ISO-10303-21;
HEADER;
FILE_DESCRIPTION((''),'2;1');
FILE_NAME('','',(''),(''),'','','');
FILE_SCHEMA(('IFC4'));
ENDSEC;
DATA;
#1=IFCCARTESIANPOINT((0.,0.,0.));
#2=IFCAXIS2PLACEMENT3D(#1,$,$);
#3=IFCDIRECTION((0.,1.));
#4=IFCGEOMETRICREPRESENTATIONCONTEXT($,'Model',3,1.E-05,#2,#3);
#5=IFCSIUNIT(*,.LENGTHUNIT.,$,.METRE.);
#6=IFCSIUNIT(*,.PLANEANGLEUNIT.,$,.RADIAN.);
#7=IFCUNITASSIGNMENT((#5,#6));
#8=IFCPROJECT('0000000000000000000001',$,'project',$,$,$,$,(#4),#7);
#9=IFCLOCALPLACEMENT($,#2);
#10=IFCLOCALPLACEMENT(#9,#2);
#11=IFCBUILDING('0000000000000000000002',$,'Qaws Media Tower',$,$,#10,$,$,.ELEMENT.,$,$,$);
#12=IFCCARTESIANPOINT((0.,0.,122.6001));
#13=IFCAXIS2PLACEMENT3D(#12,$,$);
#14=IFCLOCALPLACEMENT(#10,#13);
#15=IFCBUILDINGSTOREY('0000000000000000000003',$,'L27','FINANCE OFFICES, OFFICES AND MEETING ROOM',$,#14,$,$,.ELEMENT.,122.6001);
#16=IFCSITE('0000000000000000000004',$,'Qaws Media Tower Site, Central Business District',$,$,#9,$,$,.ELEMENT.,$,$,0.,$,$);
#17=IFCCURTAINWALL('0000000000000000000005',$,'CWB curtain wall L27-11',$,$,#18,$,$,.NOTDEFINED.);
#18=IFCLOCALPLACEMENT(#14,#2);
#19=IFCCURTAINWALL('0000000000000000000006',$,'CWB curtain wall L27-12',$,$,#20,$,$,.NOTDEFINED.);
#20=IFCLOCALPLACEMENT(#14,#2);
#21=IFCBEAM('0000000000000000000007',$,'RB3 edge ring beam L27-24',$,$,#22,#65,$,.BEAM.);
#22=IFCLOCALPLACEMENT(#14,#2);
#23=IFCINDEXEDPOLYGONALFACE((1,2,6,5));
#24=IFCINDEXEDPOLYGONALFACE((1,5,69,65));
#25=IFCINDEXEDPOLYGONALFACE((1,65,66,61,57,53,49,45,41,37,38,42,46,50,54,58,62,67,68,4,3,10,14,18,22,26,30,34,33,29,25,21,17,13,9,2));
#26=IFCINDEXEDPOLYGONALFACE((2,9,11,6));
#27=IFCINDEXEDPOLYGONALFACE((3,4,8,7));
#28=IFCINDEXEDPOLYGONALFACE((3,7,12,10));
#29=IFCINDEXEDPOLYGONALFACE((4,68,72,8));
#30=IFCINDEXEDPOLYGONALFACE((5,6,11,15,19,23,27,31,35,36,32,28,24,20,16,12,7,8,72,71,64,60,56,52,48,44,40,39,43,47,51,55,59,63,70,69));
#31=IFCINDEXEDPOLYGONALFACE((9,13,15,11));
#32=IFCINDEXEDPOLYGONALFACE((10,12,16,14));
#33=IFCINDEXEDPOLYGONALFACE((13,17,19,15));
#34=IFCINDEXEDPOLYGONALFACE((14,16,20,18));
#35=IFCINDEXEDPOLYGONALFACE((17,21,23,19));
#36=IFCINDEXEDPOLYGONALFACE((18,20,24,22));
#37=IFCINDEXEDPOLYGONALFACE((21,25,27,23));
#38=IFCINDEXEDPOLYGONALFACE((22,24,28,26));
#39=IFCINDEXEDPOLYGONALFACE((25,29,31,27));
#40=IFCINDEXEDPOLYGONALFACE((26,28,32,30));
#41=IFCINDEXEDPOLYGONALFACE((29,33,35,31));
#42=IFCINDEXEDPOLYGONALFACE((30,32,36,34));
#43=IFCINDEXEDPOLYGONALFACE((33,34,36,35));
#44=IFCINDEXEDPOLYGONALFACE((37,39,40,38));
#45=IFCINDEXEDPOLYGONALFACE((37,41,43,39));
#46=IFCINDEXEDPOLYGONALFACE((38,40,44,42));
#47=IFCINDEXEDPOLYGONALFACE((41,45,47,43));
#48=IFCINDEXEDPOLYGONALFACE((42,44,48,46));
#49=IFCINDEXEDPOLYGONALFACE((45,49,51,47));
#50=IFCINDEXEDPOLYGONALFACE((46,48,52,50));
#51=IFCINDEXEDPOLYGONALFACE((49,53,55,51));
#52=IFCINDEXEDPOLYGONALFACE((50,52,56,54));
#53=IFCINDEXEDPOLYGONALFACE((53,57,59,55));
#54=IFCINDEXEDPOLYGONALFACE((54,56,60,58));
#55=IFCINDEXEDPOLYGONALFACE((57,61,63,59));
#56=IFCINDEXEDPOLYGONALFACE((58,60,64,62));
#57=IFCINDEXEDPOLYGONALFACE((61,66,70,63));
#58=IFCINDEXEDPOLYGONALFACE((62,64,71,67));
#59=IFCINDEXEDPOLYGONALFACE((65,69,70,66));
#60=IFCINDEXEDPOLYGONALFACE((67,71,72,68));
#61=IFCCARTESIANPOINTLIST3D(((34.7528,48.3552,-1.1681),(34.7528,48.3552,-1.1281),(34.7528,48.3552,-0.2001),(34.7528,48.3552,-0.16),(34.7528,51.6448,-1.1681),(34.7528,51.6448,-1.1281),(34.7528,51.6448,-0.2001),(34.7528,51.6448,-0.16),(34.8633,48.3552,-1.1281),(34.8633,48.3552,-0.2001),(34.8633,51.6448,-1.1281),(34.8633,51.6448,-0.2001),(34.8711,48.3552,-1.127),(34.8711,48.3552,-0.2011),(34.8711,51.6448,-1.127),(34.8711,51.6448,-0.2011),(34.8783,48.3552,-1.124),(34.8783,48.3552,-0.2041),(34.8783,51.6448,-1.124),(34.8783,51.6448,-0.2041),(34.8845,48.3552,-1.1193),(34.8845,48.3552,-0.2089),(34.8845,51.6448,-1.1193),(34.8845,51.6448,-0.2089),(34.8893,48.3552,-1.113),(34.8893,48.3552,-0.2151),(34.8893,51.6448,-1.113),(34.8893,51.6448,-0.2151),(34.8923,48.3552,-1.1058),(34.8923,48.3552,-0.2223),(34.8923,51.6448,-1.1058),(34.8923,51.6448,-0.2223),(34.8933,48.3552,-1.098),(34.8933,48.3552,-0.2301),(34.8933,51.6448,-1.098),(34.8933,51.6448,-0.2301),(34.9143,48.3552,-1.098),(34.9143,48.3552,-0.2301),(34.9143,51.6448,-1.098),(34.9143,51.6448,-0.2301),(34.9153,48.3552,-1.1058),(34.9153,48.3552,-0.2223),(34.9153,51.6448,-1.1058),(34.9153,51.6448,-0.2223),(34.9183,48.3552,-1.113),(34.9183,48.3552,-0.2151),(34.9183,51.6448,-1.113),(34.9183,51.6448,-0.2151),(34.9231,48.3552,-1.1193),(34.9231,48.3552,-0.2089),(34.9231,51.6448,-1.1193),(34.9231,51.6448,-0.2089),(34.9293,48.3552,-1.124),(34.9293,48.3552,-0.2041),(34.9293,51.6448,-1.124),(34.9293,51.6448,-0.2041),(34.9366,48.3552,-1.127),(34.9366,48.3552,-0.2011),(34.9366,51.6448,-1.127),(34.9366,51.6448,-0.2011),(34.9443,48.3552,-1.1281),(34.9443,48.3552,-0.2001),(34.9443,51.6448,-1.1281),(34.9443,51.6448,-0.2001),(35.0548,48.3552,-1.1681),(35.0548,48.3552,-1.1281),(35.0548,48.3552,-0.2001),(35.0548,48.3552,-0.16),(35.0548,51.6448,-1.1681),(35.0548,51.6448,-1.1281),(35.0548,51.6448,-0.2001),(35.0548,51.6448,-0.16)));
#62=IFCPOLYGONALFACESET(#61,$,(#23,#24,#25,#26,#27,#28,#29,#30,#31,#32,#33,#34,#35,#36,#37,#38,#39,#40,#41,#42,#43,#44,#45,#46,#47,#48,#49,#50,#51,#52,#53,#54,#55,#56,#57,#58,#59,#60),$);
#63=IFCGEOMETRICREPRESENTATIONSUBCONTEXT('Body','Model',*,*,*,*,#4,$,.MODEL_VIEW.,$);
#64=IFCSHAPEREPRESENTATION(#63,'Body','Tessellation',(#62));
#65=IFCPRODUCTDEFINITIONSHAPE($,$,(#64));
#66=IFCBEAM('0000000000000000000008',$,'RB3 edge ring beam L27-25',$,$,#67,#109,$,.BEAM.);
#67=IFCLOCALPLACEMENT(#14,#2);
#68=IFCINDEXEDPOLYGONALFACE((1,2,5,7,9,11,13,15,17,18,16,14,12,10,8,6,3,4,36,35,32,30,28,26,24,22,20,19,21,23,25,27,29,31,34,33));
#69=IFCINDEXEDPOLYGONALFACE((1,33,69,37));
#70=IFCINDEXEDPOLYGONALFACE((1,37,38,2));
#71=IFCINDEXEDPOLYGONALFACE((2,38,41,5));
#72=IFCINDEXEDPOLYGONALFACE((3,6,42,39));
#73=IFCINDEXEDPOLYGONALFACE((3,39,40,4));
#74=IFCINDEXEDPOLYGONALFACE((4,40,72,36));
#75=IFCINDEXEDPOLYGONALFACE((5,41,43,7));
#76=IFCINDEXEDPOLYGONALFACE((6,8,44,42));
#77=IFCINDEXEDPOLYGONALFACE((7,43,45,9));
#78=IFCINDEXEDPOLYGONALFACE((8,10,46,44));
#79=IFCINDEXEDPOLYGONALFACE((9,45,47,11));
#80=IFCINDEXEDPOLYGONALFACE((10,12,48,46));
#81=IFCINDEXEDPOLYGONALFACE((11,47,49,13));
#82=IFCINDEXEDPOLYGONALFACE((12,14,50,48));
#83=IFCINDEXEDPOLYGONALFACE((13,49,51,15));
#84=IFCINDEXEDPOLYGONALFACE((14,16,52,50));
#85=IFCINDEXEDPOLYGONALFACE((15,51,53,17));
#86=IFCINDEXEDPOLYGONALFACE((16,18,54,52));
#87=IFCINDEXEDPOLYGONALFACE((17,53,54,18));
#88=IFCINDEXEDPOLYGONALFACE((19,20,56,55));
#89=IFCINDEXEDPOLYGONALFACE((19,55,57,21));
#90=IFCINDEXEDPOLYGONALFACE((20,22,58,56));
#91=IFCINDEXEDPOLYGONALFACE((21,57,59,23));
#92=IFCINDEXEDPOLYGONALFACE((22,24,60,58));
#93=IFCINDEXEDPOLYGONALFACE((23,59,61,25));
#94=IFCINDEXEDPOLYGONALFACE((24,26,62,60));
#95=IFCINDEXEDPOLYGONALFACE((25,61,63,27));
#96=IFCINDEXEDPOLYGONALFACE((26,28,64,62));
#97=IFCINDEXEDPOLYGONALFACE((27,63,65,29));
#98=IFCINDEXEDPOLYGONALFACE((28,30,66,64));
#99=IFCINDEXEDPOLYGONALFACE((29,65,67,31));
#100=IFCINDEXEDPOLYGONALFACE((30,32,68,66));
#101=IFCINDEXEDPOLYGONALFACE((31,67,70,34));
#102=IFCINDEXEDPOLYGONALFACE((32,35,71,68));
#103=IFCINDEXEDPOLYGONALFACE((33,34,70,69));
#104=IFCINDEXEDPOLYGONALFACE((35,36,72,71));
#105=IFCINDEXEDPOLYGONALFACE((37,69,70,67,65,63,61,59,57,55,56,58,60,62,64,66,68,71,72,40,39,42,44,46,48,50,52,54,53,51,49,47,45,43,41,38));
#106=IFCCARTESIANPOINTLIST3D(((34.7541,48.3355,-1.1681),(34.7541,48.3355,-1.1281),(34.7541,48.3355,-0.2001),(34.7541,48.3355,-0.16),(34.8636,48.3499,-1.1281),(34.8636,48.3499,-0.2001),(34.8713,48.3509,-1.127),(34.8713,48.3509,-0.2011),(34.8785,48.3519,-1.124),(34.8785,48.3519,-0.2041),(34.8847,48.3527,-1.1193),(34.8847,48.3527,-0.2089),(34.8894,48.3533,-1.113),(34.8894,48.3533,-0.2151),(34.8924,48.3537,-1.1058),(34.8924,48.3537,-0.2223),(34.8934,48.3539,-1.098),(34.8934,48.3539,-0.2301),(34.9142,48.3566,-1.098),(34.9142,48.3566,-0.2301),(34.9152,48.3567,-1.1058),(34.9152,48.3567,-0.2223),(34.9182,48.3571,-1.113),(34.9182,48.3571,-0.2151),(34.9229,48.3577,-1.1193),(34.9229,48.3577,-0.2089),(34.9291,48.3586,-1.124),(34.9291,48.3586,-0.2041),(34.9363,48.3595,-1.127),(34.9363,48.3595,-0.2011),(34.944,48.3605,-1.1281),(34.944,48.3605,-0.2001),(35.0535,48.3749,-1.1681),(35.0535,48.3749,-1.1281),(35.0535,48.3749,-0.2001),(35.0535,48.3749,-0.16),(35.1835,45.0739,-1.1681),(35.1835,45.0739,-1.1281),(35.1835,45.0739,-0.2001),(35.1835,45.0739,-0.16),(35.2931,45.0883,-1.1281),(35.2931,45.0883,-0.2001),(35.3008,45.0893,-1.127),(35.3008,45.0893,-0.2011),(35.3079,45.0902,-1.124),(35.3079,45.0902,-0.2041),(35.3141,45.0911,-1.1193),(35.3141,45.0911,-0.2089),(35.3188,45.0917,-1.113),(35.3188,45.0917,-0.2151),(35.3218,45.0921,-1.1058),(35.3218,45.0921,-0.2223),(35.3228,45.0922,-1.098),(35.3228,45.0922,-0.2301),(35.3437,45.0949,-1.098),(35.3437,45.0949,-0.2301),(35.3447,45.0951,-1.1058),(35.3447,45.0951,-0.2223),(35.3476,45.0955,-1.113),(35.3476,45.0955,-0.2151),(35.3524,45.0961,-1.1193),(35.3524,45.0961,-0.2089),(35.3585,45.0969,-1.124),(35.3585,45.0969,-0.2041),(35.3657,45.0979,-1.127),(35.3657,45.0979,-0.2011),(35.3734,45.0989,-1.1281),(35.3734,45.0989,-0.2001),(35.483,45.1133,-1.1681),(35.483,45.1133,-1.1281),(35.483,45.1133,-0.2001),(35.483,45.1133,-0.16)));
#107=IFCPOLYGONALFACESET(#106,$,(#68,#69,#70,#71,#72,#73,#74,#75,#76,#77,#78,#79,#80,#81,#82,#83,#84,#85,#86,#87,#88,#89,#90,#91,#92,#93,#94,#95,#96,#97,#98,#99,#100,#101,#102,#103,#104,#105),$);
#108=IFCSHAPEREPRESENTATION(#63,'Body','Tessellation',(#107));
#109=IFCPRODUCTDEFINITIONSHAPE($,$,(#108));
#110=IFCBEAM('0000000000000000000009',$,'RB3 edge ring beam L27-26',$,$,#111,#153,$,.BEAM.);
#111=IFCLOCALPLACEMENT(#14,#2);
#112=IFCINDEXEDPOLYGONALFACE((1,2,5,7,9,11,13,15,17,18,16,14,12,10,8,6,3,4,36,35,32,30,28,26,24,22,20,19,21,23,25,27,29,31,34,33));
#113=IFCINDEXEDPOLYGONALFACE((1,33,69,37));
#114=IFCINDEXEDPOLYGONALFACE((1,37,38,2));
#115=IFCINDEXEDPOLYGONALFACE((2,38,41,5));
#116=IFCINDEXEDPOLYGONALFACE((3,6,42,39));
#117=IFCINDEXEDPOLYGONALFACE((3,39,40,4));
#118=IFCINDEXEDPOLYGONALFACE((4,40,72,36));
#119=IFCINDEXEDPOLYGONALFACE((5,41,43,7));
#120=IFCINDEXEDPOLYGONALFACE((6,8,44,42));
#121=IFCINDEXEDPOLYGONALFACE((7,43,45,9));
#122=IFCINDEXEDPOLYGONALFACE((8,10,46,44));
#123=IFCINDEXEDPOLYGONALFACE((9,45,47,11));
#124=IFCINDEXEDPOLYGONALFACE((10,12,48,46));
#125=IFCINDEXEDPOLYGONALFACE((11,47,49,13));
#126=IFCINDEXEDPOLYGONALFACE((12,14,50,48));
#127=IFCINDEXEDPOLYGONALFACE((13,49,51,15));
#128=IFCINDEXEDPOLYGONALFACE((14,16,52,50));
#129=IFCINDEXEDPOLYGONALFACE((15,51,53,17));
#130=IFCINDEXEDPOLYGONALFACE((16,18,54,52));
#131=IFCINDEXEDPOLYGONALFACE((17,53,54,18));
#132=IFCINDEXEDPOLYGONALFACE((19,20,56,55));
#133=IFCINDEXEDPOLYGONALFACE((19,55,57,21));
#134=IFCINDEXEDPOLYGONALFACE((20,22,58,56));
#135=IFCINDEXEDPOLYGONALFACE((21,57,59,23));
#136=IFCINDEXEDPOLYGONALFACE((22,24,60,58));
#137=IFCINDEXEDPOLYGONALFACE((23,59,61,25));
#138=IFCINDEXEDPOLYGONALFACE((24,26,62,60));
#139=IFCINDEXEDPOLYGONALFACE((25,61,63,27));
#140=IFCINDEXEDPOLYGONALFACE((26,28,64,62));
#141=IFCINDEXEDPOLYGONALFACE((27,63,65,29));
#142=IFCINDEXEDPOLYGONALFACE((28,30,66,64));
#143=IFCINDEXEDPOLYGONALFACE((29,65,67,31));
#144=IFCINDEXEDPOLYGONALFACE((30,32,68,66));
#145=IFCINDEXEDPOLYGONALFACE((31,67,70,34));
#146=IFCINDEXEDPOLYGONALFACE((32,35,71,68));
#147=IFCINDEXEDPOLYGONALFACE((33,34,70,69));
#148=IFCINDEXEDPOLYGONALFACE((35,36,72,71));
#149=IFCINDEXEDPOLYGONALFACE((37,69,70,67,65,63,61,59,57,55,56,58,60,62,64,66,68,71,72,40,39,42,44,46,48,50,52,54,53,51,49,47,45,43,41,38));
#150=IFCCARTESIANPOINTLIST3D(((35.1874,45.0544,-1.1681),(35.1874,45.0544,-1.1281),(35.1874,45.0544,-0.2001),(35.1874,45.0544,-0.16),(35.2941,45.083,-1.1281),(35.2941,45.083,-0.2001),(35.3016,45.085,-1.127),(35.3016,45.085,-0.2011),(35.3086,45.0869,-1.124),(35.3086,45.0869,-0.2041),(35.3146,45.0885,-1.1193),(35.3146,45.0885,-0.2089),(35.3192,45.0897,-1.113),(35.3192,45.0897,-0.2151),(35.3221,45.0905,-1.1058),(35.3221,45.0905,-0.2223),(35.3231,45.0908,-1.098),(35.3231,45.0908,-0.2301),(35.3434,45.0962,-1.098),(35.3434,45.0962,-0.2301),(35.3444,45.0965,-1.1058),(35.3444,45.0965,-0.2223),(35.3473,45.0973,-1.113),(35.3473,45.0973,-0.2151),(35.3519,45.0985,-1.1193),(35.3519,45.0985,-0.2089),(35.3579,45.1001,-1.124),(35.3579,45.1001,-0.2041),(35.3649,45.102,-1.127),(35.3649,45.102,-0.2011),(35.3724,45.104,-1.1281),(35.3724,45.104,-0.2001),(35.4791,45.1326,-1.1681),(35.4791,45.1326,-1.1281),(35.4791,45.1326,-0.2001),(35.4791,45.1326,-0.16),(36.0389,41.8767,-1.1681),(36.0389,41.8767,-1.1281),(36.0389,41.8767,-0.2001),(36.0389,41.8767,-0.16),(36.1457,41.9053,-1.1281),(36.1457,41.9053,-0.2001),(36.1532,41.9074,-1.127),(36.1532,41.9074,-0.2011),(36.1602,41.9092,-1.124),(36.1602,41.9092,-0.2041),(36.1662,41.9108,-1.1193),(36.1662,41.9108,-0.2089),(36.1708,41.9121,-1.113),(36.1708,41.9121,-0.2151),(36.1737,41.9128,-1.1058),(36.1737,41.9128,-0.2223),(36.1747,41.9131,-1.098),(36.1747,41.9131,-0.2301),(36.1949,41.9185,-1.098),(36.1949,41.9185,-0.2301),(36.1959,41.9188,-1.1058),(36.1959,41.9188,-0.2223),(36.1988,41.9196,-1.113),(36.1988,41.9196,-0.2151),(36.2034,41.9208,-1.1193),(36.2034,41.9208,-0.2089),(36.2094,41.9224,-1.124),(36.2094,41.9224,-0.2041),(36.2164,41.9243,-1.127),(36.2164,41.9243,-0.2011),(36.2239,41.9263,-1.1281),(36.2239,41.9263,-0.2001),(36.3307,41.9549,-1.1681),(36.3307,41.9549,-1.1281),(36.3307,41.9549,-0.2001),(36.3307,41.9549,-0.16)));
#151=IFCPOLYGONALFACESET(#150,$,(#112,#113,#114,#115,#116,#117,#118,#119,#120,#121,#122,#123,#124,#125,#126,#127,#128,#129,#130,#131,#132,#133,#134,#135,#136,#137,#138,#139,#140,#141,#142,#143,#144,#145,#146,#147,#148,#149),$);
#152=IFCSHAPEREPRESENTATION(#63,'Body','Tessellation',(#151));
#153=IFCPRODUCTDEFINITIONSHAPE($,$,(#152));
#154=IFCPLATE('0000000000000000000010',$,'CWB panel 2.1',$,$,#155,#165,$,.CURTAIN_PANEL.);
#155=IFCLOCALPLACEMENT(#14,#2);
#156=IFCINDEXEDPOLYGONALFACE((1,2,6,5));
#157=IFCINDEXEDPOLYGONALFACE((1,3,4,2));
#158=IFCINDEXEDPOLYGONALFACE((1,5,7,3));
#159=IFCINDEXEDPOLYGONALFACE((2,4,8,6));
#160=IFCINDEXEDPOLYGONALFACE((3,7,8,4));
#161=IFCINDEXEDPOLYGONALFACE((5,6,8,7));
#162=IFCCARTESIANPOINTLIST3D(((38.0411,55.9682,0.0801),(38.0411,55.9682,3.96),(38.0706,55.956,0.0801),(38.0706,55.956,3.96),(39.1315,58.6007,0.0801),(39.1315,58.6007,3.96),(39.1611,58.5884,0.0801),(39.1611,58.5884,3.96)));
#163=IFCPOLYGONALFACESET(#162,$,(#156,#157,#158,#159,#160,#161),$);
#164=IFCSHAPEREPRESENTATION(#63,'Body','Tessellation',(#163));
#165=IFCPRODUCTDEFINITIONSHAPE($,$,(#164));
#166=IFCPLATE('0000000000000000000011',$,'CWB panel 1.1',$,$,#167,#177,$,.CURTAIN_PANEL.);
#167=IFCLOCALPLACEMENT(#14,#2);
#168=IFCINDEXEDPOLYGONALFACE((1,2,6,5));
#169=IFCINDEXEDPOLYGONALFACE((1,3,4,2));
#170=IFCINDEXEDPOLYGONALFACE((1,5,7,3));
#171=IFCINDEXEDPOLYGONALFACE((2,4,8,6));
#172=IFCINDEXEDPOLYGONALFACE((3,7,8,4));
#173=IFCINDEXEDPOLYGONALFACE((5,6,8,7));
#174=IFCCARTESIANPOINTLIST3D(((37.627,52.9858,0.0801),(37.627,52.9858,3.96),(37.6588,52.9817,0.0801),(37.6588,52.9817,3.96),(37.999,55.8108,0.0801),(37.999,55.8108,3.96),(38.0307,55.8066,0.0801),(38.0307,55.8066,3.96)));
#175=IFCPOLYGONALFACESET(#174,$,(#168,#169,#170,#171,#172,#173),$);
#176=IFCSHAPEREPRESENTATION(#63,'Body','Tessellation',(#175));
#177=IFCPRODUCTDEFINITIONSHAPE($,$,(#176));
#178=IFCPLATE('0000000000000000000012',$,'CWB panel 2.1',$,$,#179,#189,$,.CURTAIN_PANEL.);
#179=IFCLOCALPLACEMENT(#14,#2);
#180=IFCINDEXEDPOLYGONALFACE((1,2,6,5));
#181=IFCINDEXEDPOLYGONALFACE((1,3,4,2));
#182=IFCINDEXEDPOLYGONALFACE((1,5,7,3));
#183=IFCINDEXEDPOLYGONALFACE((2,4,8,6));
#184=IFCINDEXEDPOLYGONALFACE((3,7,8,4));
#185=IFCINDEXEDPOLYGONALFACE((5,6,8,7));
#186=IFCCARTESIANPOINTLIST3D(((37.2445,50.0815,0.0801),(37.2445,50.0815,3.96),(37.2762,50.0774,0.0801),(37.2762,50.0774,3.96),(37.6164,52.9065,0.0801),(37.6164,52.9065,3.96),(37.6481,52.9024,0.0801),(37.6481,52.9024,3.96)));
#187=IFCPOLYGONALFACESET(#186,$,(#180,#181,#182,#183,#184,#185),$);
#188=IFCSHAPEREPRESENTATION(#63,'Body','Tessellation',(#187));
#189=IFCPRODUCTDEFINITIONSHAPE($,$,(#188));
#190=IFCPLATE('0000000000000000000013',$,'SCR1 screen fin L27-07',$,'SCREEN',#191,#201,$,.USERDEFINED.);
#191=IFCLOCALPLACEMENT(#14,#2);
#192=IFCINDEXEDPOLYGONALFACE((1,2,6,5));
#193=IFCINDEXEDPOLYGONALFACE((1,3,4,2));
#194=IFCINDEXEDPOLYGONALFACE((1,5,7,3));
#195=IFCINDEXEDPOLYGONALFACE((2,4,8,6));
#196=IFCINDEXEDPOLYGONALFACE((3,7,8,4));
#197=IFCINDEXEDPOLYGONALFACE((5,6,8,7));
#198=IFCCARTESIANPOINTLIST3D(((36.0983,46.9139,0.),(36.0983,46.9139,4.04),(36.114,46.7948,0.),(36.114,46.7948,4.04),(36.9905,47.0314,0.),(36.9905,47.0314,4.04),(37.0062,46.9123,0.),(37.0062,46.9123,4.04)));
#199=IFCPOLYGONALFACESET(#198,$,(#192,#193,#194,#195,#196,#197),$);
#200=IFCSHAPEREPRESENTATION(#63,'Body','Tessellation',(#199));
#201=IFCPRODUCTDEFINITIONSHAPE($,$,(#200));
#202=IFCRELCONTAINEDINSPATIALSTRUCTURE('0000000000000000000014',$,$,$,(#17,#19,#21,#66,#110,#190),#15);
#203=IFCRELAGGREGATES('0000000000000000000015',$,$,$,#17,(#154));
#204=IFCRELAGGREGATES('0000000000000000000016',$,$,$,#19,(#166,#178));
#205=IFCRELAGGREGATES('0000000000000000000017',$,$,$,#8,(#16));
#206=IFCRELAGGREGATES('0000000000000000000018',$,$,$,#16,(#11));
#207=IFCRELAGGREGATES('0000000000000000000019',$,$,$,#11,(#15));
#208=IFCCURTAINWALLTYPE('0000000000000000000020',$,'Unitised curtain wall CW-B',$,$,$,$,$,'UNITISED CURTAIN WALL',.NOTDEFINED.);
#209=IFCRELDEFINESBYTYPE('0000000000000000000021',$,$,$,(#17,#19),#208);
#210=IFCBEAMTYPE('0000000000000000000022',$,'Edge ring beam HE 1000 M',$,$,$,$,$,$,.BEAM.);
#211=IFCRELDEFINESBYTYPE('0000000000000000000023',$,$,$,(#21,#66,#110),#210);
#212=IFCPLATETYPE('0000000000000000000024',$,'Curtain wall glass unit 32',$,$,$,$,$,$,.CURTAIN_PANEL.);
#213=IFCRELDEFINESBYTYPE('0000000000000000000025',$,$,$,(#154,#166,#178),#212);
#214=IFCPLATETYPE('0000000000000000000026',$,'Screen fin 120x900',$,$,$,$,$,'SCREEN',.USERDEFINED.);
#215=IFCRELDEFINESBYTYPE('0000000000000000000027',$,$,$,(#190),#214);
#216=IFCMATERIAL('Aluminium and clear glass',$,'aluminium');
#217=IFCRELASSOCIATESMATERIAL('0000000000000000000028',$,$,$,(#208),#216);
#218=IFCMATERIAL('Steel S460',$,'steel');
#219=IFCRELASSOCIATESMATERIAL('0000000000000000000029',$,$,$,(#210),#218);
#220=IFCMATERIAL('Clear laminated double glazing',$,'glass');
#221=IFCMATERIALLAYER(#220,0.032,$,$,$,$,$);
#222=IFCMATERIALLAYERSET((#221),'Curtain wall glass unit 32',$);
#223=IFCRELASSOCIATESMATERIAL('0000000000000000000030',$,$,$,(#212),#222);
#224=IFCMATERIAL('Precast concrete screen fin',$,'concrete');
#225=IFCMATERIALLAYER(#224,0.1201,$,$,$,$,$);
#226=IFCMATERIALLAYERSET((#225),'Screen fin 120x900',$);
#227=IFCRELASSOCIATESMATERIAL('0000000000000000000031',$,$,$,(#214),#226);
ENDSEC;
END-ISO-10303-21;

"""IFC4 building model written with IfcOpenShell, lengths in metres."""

from ifc_helpers import new_model, si_unit, direction, frame, origin, origin_2d, place, context, subcontext, project, spatial, rectangle, i_section, extrude, material, layer, layer_set, material_profile, profile_set, type_object, element, aggregate, save


model = new_model("IFC4")

# Units and contexts
model_context = context("Model", 3, precision=1e-05, world=origin(), true_north=direction((0.0, 1.0)))
body_context = subcontext(model_context, "Body", "Model", "MODEL_VIEW")
ifc_project = project(units=[si_unit("LENGTHUNIT", "METRE"), si_unit("PLANEANGLEUNIT", "RADIAN")], contexts=[model_context])

# Site, building, storey
site_placement = place(None, origin())
site = spatial("IfcSite", under=ifc_project, at=site_placement, Name="Qaws Media Tower Site, Central Business District", CompositionType="ELEMENT", RefElevation=0.0)
building_placement = place(site_placement, origin())
building = spatial("IfcBuilding", under=site, at=building_placement, Name="Qaws Media Tower", CompositionType="ELEMENT")
storey_placement = place(building_placement, frame((0.0, 0.0, 122.6001)))
storey = spatial("IfcBuildingStorey", under=building, at=storey_placement, Name="L27", Description="FINANCE OFFICES, OFFICES AND MEETING ROOM", CompositionType="ELEMENT", Elevation=122.6001)

# Curtain walls
ifc_material_1 = material(Name="Aluminium and clear glass", Category="aluminium")
curtain_wall_type = type_object("IfcCurtainWallType", Name="Unitised curtain wall CW-B", ElementType="UNITISED CURTAIN WALL", PredefinedType="NOTDEFINED", material=ifc_material_1)
curtain_wall_1_placement = place(storey_placement, origin())
curtain_wall_1 = element("IfcCurtainWall", 1, at=curtain_wall_1_placement, inside=storey, type_object=curtain_wall_type, Name="CWB curtain wall L27-11", PredefinedType="NOTDEFINED")
curtain_wall_2_placement = place(storey_placement, origin())
curtain_wall_2 = element("IfcCurtainWall", 2, at=curtain_wall_2_placement, inside=storey, type_object=curtain_wall_type, Name="CWB curtain wall L27-12", PredefinedType="NOTDEFINED")

# Beams
ifc_material_2 = material(Name="Steel S460", Category="steel")
ifc_material_profile_1 = material_profile(ifc_material_2, i_section(OverallWidth=0.302, OverallDepth=1.0081, WebThickness=0.021, FlangeThickness=0.04, FilletRadius=0.03, at=origin_2d()), Name="HE 1000 M")
ifc_profile_set_1 = profile_set([ifc_material_profile_1], Name="Steel S460")
beam_type = type_object("IfcBeamType", Name="Edge ring beam HE 1000 M", PredefinedType="BEAM", material=ifc_profile_set_1)
beam_placement = place(storey_placement, frame((34.9038, 51.6448, -0.6641), z_axis=(0.0, -1.0, 0.0), x_axis=(1.0, 0.0, 0.0)))
element("IfcBeam", 3, at=beam_placement, inside=storey, type_object=beam_type, Name="RB3 edge ring beam L27-24", PredefinedType="BEAM", context=body_context, shape_type="SweptSolid", body=[
    extrude(i_section(OverallWidth=0.302, OverallDepth=1.0081, WebThickness=0.021, FlangeThickness=0.04, FilletRadius=0.03, at=origin_2d()), origin(), (0.0, 0.0, 1.0), 3.2896),
])
for number, where, z_axis, x_axis, name in (
    (4, (34.9038, 48.3552, -0.6641), (0.130535, -0.991444, 0.0), (0.991444, 0.130535, 0.0), "RB3 edge ring beam L27-25"),
    (5, (35.3333, 45.0935, -0.6641), (0.258845, -0.965919, 0.0), (0.965919, 0.258845, 0.0), "RB3 edge ring beam L27-26"),
):
    element("IfcBeam", number, at=place(storey_placement, frame(where, z_axis=z_axis, x_axis=x_axis)), inside=storey, type_object=beam_type, Name=name, PredefinedType="BEAM", context=body_context, shape_type="SweptSolid", body=[
        extrude(i_section(OverallWidth=0.302, OverallDepth=1.0081, WebThickness=0.021, FlangeThickness=0.04, FilletRadius=0.03, at=origin_2d()), origin(), (0.0, 0.0, 1.0), 3.2898),
    ])

# Plates
ifc_material_3 = material(Name="Clear laminated double glazing", Category="glass")
ifc_layer_1 = layer(ifc_material_3, 0.032)
ifc_layer_set_1 = layer_set([ifc_layer_1], Name="Curtain wall glass unit 32")
plate_type_1 = type_object("IfcPlateType", Name="Curtain wall glass unit 32", PredefinedType="CURTAIN_PANEL", material=ifc_layer_set_1)
plate_1_placement = place(storey_placement, frame((38.6011, 57.2783, 0.0801), z_axis=(0.0, 0.0, 1.0), x_axis=(-0.382683, -0.92388, 0.0)))
plate_1 = element("IfcPlate", 6, at=plate_1_placement, type_object=plate_type_1, Name="CWB panel 2.1", PredefinedType="CURTAIN_PANEL", context=body_context, shape_type="SweptSolid", body=[
    extrude(rectangle(XDim=2.8494, YDim=0.032, at=origin_2d()), origin(), (0.0, 0.0, 1.0), 3.8799),
])
aggregate(curtain_wall_1, [plate_1])
plate_2_placement = place(storey_placement, frame((37.8289, 54.3962, 0.0801), z_axis=(0.0, 0.0, 1.0), x_axis=(-0.130526, -0.991445, 0.0)))
plate_2 = element("IfcPlate", 7, at=plate_2_placement, type_object=plate_type_1, Name="CWB panel 1.1", PredefinedType="CURTAIN_PANEL", context=body_context, shape_type="SweptSolid", body=[
    extrude(rectangle(XDim=2.8494, YDim=0.032, at=origin_2d()), origin(), (0.0, 0.0, 1.0), 3.8799),
])
plate_3_placement = place(storey_placement, frame((37.4463, 51.4919, 0.0801), z_axis=(0.0, 0.0, 1.0), x_axis=(-0.130526, -0.991445, 0.0)))
plate_3 = element("IfcPlate", 8, at=plate_3_placement, type_object=plate_type_1, Name="CWB panel 2.1", PredefinedType="CURTAIN_PANEL", context=body_context, shape_type="SweptSolid", body=[
    extrude(rectangle(XDim=2.8494, YDim=0.032, at=origin_2d()), origin(), (0.0, 0.0, 1.0), 3.8799),
])
aggregate(curtain_wall_2, [plate_2, plate_3])
ifc_material_4 = material(Name="Precast concrete screen fin", Category="concrete")
ifc_layer_2 = layer(ifc_material_4, 0.1201)
ifc_layer_set_2 = layer_set([ifc_layer_2], Name="Screen fin 120x900")
plate_type_2 = type_object("IfcPlateType", Name="Screen fin 120x900", ElementType="SCREEN", PredefinedType="USERDEFINED", material=ifc_layer_set_2)
plate_4_placement = place(storey_placement, frame((36.5522, 46.9131, 0.0), z_axis=(0.0, 0.0, 1.0), x_axis=(-0.991445, -0.130526, 0.0)))
element("IfcPlate", 9, at=plate_4_placement, inside=storey, type_object=plate_type_2, Name="SCR1 screen fin L27-07", ObjectType="SCREEN", PredefinedType="USERDEFINED", context=body_context, shape_type="SweptSolid", body=[
    extrude(rectangle(XDim=0.8999, YDim=0.1201, at=origin_2d()), origin(), (0.0, 0.0, 1.0), 4.04),
])

save(model, "model.ifc")
